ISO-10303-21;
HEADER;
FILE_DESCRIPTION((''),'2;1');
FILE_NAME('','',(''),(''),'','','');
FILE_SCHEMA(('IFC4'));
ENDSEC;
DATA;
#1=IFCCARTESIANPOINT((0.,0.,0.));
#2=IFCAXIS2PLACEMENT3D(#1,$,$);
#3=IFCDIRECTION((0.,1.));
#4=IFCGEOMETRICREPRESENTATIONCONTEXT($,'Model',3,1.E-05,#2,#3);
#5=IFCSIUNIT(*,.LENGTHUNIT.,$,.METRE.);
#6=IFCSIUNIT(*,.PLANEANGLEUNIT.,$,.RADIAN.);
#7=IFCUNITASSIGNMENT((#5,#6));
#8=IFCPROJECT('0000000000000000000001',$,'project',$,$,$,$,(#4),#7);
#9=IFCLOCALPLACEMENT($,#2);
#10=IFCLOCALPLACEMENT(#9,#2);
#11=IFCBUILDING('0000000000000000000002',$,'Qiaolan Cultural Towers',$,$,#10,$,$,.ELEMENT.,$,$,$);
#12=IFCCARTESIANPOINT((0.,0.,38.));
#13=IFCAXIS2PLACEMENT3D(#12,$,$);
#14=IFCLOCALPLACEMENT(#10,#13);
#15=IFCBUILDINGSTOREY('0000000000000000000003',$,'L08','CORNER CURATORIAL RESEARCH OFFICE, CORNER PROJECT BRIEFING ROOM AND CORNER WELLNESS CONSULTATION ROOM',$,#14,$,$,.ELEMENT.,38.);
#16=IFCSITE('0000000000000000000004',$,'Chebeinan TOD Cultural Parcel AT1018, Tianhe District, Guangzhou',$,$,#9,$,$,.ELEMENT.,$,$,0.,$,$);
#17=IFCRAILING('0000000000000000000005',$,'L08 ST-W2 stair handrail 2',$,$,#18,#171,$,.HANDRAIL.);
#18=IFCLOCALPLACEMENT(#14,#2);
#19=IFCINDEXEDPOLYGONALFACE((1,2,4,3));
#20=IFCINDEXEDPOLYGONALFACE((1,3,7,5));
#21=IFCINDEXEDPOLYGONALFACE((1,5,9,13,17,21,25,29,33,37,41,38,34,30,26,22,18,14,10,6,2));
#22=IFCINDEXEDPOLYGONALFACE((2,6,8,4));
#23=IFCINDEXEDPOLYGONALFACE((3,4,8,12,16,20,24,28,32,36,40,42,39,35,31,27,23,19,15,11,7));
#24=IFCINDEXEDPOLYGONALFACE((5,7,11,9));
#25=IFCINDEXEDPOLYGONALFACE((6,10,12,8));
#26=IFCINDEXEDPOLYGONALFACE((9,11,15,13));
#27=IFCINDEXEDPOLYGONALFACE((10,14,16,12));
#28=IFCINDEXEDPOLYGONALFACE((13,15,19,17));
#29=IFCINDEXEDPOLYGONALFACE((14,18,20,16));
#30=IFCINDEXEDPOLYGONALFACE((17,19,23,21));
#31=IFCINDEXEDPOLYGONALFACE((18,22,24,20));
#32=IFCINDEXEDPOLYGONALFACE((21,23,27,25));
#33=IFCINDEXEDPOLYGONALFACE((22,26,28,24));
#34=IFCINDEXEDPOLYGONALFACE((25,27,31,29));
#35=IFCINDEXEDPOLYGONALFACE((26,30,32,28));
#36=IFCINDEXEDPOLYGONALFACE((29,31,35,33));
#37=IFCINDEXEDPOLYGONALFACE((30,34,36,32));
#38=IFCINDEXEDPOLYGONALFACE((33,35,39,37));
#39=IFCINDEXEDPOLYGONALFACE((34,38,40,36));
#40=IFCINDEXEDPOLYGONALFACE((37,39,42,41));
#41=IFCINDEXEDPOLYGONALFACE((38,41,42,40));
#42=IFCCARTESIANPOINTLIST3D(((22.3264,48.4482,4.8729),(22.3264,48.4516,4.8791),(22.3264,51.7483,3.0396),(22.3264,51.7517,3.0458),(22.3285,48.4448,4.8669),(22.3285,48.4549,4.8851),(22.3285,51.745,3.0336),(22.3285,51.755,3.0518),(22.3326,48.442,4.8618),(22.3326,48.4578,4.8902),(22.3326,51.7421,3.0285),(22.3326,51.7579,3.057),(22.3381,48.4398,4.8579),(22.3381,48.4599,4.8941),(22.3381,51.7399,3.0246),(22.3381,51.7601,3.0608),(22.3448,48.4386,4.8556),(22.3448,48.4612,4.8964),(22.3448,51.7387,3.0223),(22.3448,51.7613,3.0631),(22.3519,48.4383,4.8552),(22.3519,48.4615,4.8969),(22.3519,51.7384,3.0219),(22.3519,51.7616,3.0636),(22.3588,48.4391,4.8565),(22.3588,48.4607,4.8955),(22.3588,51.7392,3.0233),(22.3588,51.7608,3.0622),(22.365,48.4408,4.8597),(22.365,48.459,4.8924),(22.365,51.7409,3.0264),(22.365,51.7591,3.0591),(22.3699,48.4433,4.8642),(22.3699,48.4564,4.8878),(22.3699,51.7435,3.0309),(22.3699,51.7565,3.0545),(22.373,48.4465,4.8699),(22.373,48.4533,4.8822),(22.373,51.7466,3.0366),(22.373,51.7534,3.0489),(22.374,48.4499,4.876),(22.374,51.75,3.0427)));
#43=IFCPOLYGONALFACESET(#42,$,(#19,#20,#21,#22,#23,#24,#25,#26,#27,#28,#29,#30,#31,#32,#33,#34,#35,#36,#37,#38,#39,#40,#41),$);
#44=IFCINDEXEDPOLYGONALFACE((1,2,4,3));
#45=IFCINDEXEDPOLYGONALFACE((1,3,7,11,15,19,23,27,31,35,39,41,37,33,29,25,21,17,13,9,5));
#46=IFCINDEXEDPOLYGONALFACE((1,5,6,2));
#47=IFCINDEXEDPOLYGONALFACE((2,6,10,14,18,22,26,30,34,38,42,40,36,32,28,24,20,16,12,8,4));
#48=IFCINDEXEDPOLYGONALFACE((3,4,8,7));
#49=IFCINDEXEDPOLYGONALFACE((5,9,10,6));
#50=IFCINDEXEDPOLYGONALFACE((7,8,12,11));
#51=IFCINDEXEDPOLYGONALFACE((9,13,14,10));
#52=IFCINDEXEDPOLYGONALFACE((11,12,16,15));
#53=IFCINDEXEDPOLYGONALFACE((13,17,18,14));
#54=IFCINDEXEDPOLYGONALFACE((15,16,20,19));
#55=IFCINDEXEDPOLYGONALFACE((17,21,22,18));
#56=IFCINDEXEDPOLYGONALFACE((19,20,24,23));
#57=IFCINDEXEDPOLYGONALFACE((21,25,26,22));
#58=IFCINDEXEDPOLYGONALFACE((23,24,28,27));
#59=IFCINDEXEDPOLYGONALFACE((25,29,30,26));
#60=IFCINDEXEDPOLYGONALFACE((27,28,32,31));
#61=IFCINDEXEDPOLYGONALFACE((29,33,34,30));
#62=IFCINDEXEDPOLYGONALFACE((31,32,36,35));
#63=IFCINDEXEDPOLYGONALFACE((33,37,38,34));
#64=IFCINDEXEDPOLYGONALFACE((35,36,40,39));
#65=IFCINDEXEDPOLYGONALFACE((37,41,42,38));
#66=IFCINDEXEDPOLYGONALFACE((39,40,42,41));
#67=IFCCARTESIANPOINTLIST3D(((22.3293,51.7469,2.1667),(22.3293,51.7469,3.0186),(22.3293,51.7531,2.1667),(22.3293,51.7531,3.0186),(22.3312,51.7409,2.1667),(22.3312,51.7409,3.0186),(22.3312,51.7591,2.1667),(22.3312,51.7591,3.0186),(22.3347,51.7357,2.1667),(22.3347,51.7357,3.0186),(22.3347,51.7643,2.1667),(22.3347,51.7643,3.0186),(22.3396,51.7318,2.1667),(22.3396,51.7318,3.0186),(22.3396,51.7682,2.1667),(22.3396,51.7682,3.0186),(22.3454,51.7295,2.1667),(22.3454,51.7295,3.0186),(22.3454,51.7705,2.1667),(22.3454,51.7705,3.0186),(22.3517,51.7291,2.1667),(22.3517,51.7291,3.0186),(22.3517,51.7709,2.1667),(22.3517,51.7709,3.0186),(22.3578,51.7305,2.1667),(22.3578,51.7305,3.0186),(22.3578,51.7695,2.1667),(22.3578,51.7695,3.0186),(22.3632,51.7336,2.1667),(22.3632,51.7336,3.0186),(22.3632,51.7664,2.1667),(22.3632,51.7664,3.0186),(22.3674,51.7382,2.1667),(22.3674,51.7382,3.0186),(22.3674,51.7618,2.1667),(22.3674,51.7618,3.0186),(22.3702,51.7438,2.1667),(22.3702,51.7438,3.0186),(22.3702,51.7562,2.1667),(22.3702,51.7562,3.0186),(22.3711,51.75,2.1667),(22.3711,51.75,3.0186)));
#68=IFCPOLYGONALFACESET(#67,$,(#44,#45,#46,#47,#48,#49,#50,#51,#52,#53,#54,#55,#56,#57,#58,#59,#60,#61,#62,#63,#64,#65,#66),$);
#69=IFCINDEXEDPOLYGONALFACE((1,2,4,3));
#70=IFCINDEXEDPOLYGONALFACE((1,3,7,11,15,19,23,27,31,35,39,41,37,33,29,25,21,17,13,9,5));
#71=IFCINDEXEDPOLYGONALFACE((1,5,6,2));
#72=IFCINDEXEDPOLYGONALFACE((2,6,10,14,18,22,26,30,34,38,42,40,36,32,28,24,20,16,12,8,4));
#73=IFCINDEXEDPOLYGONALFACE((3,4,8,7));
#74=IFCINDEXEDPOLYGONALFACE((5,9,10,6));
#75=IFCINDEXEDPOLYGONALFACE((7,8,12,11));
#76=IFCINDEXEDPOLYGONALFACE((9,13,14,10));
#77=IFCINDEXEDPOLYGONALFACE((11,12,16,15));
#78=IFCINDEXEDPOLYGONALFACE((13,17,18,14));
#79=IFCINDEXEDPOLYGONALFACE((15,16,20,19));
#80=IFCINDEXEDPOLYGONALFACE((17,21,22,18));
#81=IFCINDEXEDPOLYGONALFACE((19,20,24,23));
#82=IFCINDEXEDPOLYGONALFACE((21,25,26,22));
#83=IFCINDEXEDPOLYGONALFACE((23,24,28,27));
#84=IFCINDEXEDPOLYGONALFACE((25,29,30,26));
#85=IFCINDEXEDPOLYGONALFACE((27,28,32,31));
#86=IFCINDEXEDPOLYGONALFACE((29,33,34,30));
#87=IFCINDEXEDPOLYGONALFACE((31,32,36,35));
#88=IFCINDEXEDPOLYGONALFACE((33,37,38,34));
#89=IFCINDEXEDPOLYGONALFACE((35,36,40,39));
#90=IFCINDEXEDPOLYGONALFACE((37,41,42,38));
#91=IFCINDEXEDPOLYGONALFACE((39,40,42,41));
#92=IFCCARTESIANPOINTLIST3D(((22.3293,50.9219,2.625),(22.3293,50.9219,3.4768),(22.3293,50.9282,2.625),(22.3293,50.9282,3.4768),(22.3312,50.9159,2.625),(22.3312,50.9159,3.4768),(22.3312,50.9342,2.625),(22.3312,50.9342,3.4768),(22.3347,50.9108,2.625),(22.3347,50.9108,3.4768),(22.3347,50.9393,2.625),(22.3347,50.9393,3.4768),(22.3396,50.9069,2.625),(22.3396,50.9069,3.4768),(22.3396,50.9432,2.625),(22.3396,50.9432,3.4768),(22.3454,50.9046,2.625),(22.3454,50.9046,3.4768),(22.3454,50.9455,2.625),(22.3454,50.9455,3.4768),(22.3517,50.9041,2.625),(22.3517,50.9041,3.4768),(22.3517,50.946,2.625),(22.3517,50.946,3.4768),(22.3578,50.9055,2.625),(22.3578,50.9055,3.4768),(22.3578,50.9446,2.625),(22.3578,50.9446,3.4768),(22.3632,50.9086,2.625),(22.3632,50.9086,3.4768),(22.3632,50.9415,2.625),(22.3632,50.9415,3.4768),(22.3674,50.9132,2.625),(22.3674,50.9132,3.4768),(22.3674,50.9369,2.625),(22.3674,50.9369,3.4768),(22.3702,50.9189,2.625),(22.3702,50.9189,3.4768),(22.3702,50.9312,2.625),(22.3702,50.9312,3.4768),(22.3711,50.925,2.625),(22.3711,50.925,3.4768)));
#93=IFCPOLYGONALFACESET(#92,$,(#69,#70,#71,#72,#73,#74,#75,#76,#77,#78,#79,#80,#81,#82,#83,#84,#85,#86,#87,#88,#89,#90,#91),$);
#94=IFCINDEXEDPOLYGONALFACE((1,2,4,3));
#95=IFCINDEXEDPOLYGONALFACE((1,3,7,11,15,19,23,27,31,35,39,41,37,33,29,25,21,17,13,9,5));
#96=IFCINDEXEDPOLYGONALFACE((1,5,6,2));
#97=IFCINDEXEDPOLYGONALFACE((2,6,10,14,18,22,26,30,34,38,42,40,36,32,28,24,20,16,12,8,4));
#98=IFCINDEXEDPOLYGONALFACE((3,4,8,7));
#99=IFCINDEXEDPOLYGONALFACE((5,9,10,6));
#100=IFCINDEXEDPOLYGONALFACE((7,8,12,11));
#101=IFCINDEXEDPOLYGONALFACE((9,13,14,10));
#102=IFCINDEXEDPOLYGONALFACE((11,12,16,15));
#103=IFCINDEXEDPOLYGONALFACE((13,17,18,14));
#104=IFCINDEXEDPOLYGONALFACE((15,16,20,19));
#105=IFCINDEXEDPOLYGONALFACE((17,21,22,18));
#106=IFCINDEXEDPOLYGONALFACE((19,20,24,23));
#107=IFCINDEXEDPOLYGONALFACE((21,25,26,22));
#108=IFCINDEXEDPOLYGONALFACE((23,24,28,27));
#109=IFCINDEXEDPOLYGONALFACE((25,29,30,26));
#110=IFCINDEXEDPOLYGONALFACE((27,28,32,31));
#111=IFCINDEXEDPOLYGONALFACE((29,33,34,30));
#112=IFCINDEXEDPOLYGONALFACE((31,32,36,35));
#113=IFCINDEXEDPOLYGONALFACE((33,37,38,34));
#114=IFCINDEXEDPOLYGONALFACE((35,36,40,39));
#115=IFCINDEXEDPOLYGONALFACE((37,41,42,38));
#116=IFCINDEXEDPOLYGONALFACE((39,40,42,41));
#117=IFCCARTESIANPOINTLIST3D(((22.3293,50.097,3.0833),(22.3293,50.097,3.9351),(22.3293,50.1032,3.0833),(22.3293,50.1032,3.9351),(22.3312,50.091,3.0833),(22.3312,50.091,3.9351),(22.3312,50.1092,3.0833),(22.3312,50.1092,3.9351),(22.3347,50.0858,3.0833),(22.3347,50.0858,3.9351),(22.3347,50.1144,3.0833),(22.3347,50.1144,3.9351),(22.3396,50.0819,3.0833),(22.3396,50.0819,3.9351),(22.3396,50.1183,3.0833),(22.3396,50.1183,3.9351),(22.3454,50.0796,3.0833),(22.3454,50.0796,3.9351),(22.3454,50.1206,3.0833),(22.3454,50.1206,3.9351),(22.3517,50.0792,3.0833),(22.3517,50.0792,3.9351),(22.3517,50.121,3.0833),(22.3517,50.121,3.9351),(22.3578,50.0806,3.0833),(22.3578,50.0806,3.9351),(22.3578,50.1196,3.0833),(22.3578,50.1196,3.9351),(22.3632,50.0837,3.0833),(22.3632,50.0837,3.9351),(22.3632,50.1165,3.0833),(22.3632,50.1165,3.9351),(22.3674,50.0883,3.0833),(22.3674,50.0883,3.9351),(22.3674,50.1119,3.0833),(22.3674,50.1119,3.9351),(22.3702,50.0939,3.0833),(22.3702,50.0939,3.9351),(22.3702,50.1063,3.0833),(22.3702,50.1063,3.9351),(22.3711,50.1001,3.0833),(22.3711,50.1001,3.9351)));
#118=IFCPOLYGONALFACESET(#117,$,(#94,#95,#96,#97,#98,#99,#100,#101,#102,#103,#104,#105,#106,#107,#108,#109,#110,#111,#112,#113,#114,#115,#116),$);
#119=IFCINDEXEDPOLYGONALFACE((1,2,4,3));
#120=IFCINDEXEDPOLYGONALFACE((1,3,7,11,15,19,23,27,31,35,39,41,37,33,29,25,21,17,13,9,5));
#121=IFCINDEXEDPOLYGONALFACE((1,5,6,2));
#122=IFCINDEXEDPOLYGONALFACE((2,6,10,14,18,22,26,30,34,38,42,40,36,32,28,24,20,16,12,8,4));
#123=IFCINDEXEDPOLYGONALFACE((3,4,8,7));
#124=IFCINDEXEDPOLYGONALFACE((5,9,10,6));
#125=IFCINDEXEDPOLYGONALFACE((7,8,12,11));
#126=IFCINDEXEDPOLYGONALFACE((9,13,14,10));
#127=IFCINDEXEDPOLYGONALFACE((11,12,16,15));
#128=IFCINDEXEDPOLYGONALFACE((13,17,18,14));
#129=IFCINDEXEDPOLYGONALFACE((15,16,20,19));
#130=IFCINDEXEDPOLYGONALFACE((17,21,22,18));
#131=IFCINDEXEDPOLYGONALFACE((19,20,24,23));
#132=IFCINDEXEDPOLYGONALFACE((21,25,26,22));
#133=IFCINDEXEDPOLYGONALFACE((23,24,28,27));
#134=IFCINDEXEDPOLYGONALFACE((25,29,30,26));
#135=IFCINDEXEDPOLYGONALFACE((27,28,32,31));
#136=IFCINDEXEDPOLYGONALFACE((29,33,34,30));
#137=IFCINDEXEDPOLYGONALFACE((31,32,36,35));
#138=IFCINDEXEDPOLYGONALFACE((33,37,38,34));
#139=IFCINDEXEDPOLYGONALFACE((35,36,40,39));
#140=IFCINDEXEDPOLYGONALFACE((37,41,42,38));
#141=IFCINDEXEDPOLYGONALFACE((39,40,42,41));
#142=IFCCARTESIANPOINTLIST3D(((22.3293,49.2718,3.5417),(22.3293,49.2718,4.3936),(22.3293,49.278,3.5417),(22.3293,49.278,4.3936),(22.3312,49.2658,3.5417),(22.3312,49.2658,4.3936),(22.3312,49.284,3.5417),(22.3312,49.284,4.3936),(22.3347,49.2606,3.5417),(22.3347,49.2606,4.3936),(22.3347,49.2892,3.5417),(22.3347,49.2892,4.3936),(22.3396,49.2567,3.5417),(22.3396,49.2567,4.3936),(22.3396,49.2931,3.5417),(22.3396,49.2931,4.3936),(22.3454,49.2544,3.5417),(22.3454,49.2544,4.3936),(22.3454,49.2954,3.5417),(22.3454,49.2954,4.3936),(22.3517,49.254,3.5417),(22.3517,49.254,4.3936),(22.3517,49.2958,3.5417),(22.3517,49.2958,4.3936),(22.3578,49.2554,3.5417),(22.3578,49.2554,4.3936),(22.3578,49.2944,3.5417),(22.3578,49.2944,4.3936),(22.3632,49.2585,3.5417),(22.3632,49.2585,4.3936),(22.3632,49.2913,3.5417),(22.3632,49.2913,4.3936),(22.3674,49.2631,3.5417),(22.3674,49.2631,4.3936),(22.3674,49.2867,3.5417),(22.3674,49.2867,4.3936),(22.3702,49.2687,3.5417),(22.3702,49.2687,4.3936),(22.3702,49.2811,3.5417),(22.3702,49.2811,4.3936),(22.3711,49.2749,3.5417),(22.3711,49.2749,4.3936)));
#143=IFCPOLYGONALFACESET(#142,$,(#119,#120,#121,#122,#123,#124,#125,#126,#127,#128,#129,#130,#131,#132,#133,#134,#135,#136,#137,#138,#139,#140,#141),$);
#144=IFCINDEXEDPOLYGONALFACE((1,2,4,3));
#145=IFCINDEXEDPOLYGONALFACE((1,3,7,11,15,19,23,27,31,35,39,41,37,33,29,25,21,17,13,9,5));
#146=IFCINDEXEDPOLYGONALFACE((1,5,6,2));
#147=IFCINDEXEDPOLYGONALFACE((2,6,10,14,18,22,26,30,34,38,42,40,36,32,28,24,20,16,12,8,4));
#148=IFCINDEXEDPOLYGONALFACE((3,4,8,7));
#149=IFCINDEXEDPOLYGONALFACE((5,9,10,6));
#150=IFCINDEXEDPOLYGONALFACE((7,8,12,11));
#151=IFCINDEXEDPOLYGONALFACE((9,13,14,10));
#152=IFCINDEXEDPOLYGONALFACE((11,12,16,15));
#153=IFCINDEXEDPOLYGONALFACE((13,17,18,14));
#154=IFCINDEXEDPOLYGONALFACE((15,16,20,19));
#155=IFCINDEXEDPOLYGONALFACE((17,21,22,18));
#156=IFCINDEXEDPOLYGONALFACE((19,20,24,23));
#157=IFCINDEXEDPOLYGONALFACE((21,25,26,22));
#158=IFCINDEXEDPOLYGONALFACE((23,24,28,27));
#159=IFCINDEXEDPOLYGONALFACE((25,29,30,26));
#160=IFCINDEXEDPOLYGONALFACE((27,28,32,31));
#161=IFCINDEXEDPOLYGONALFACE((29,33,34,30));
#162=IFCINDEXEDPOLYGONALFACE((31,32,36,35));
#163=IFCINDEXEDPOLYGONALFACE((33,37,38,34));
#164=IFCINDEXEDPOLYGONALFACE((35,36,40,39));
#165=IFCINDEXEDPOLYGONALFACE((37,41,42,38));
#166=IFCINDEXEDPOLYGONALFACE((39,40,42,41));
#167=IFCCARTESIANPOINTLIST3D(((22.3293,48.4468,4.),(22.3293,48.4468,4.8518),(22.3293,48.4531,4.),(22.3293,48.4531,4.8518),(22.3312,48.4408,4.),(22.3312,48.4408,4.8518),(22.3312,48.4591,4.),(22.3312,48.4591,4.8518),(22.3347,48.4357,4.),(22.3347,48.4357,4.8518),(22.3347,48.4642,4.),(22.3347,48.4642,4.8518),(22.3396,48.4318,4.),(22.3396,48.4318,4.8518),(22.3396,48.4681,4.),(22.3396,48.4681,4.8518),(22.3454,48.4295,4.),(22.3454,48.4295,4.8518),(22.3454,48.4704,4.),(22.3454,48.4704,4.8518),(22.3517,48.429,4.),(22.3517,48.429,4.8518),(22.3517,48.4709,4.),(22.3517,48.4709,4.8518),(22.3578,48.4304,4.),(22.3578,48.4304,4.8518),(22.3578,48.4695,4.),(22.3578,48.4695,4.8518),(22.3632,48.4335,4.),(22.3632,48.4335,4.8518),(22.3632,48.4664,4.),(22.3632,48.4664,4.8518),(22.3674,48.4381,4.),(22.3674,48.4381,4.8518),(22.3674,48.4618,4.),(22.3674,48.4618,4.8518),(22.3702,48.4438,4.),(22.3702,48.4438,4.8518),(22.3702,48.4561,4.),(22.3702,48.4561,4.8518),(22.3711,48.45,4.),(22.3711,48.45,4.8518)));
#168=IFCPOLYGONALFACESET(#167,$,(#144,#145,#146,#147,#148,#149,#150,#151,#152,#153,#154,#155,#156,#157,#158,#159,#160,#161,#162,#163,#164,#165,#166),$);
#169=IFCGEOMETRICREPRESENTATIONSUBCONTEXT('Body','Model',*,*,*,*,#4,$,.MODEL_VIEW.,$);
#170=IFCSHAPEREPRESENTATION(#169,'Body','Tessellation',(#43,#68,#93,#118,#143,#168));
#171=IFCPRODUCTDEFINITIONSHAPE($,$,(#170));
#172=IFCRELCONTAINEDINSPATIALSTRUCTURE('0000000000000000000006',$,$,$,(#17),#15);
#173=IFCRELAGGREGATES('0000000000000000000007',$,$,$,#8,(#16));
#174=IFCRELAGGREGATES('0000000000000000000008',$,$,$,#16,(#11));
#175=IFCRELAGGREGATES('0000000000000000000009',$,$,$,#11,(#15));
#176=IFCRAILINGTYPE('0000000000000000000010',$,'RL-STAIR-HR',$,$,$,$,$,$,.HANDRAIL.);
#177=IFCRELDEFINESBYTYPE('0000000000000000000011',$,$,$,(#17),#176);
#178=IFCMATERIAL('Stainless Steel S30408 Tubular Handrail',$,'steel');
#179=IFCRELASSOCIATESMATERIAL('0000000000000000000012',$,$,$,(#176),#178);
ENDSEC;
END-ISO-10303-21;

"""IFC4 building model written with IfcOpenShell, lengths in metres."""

from ifc_helpers import new_model, si_unit, direction, frame, origin, origin_2d, place, context, subcontext, project, spatial, circle, extrude, material, type_object, element, save


model = new_model("IFC4")

# Units and contexts
model_context = context("Model", 3, precision=1e-05, world=origin(), true_north=direction((0.0, 1.0)))
body_context = subcontext(model_context, "Body", "Model", "MODEL_VIEW")
ifc_project = project(units=[si_unit("LENGTHUNIT", "METRE"), si_unit("PLANEANGLEUNIT", "RADIAN")], contexts=[model_context])

# Site, building, storey
site_placement = place(None, origin())
site = spatial("IfcSite", under=ifc_project, at=site_placement, Name="Chebeinan TOD Cultural Parcel AT1018, Tianhe District, Guangzhou", CompositionType="ELEMENT", RefElevation=0.0)
building_placement = place(site_placement, origin())
building = spatial("IfcBuilding", under=site, at=building_placement, Name="Qiaolan Cultural Towers", CompositionType="ELEMENT")
storey_placement = place(building_placement, frame((0.0, 0.0, 38.0)))
storey = spatial("IfcBuildingStorey", under=building, at=storey_placement, Name="L08", Description="CORNER CURATORIAL RESEARCH OFFICE, CORNER PROJECT BRIEFING ROOM AND CORNER WELLNESS CONSULTATION ROOM", CompositionType="ELEMENT", Elevation=38.0)

# Railing
ifc_material_1 = material(Name="Stainless Steel S30408 Tubular Handrail", Category="steel")
railing_type_1 = type_object("IfcRailingType", Name="RL-STAIR-HR", PredefinedType="HANDRAIL", material=ifc_material_1)
railing_1_placement = place(storey_placement, frame((22.3501, 51.75, 2.1667)))
element("IfcRailing", 1, at=railing_1_placement, inside=storey, type_object=railing_type_1, Name="L08 ST-W2 stair handrail 2", PredefinedType="HANDRAIL", context=body_context, shape_type="SweptSolid", body=[
    extrude(circle(Radius=0.0239, at=origin_2d()), frame((0.0, 0.0, 0.876), z_axis=(0.0, -0.874169, 0.485621), x_axis=(1.0, 0.0, 0.0)), (0.0, 0.0, 1.0), 3.7751),
    extrude(circle(Radius=0.021, at=origin_2d()), origin(), (0.0, 0.0, 1.0), 0.8518),
    extrude(circle(Radius=0.021, at=origin_2d()), frame((0.0, -0.825, 0.4583)), (0.0, 0.0, 1.0), 0.8518),
    extrude(circle(Radius=0.021, at=origin_2d()), frame((0.0, -1.6499, 0.9165)), (0.0, 0.0, 1.0), 0.8518),
    extrude(circle(Radius=0.021, at=origin_2d()), frame((0.0, -2.4751, 1.375)), (0.0, 0.0, 1.0), 0.8518),
    extrude(circle(Radius=0.021, at=origin_2d()), frame((0.0, -3.3, 1.8333)), (0.0, 0.0, 1.0), 0.8518),
])

save(model, "model.ifc")
